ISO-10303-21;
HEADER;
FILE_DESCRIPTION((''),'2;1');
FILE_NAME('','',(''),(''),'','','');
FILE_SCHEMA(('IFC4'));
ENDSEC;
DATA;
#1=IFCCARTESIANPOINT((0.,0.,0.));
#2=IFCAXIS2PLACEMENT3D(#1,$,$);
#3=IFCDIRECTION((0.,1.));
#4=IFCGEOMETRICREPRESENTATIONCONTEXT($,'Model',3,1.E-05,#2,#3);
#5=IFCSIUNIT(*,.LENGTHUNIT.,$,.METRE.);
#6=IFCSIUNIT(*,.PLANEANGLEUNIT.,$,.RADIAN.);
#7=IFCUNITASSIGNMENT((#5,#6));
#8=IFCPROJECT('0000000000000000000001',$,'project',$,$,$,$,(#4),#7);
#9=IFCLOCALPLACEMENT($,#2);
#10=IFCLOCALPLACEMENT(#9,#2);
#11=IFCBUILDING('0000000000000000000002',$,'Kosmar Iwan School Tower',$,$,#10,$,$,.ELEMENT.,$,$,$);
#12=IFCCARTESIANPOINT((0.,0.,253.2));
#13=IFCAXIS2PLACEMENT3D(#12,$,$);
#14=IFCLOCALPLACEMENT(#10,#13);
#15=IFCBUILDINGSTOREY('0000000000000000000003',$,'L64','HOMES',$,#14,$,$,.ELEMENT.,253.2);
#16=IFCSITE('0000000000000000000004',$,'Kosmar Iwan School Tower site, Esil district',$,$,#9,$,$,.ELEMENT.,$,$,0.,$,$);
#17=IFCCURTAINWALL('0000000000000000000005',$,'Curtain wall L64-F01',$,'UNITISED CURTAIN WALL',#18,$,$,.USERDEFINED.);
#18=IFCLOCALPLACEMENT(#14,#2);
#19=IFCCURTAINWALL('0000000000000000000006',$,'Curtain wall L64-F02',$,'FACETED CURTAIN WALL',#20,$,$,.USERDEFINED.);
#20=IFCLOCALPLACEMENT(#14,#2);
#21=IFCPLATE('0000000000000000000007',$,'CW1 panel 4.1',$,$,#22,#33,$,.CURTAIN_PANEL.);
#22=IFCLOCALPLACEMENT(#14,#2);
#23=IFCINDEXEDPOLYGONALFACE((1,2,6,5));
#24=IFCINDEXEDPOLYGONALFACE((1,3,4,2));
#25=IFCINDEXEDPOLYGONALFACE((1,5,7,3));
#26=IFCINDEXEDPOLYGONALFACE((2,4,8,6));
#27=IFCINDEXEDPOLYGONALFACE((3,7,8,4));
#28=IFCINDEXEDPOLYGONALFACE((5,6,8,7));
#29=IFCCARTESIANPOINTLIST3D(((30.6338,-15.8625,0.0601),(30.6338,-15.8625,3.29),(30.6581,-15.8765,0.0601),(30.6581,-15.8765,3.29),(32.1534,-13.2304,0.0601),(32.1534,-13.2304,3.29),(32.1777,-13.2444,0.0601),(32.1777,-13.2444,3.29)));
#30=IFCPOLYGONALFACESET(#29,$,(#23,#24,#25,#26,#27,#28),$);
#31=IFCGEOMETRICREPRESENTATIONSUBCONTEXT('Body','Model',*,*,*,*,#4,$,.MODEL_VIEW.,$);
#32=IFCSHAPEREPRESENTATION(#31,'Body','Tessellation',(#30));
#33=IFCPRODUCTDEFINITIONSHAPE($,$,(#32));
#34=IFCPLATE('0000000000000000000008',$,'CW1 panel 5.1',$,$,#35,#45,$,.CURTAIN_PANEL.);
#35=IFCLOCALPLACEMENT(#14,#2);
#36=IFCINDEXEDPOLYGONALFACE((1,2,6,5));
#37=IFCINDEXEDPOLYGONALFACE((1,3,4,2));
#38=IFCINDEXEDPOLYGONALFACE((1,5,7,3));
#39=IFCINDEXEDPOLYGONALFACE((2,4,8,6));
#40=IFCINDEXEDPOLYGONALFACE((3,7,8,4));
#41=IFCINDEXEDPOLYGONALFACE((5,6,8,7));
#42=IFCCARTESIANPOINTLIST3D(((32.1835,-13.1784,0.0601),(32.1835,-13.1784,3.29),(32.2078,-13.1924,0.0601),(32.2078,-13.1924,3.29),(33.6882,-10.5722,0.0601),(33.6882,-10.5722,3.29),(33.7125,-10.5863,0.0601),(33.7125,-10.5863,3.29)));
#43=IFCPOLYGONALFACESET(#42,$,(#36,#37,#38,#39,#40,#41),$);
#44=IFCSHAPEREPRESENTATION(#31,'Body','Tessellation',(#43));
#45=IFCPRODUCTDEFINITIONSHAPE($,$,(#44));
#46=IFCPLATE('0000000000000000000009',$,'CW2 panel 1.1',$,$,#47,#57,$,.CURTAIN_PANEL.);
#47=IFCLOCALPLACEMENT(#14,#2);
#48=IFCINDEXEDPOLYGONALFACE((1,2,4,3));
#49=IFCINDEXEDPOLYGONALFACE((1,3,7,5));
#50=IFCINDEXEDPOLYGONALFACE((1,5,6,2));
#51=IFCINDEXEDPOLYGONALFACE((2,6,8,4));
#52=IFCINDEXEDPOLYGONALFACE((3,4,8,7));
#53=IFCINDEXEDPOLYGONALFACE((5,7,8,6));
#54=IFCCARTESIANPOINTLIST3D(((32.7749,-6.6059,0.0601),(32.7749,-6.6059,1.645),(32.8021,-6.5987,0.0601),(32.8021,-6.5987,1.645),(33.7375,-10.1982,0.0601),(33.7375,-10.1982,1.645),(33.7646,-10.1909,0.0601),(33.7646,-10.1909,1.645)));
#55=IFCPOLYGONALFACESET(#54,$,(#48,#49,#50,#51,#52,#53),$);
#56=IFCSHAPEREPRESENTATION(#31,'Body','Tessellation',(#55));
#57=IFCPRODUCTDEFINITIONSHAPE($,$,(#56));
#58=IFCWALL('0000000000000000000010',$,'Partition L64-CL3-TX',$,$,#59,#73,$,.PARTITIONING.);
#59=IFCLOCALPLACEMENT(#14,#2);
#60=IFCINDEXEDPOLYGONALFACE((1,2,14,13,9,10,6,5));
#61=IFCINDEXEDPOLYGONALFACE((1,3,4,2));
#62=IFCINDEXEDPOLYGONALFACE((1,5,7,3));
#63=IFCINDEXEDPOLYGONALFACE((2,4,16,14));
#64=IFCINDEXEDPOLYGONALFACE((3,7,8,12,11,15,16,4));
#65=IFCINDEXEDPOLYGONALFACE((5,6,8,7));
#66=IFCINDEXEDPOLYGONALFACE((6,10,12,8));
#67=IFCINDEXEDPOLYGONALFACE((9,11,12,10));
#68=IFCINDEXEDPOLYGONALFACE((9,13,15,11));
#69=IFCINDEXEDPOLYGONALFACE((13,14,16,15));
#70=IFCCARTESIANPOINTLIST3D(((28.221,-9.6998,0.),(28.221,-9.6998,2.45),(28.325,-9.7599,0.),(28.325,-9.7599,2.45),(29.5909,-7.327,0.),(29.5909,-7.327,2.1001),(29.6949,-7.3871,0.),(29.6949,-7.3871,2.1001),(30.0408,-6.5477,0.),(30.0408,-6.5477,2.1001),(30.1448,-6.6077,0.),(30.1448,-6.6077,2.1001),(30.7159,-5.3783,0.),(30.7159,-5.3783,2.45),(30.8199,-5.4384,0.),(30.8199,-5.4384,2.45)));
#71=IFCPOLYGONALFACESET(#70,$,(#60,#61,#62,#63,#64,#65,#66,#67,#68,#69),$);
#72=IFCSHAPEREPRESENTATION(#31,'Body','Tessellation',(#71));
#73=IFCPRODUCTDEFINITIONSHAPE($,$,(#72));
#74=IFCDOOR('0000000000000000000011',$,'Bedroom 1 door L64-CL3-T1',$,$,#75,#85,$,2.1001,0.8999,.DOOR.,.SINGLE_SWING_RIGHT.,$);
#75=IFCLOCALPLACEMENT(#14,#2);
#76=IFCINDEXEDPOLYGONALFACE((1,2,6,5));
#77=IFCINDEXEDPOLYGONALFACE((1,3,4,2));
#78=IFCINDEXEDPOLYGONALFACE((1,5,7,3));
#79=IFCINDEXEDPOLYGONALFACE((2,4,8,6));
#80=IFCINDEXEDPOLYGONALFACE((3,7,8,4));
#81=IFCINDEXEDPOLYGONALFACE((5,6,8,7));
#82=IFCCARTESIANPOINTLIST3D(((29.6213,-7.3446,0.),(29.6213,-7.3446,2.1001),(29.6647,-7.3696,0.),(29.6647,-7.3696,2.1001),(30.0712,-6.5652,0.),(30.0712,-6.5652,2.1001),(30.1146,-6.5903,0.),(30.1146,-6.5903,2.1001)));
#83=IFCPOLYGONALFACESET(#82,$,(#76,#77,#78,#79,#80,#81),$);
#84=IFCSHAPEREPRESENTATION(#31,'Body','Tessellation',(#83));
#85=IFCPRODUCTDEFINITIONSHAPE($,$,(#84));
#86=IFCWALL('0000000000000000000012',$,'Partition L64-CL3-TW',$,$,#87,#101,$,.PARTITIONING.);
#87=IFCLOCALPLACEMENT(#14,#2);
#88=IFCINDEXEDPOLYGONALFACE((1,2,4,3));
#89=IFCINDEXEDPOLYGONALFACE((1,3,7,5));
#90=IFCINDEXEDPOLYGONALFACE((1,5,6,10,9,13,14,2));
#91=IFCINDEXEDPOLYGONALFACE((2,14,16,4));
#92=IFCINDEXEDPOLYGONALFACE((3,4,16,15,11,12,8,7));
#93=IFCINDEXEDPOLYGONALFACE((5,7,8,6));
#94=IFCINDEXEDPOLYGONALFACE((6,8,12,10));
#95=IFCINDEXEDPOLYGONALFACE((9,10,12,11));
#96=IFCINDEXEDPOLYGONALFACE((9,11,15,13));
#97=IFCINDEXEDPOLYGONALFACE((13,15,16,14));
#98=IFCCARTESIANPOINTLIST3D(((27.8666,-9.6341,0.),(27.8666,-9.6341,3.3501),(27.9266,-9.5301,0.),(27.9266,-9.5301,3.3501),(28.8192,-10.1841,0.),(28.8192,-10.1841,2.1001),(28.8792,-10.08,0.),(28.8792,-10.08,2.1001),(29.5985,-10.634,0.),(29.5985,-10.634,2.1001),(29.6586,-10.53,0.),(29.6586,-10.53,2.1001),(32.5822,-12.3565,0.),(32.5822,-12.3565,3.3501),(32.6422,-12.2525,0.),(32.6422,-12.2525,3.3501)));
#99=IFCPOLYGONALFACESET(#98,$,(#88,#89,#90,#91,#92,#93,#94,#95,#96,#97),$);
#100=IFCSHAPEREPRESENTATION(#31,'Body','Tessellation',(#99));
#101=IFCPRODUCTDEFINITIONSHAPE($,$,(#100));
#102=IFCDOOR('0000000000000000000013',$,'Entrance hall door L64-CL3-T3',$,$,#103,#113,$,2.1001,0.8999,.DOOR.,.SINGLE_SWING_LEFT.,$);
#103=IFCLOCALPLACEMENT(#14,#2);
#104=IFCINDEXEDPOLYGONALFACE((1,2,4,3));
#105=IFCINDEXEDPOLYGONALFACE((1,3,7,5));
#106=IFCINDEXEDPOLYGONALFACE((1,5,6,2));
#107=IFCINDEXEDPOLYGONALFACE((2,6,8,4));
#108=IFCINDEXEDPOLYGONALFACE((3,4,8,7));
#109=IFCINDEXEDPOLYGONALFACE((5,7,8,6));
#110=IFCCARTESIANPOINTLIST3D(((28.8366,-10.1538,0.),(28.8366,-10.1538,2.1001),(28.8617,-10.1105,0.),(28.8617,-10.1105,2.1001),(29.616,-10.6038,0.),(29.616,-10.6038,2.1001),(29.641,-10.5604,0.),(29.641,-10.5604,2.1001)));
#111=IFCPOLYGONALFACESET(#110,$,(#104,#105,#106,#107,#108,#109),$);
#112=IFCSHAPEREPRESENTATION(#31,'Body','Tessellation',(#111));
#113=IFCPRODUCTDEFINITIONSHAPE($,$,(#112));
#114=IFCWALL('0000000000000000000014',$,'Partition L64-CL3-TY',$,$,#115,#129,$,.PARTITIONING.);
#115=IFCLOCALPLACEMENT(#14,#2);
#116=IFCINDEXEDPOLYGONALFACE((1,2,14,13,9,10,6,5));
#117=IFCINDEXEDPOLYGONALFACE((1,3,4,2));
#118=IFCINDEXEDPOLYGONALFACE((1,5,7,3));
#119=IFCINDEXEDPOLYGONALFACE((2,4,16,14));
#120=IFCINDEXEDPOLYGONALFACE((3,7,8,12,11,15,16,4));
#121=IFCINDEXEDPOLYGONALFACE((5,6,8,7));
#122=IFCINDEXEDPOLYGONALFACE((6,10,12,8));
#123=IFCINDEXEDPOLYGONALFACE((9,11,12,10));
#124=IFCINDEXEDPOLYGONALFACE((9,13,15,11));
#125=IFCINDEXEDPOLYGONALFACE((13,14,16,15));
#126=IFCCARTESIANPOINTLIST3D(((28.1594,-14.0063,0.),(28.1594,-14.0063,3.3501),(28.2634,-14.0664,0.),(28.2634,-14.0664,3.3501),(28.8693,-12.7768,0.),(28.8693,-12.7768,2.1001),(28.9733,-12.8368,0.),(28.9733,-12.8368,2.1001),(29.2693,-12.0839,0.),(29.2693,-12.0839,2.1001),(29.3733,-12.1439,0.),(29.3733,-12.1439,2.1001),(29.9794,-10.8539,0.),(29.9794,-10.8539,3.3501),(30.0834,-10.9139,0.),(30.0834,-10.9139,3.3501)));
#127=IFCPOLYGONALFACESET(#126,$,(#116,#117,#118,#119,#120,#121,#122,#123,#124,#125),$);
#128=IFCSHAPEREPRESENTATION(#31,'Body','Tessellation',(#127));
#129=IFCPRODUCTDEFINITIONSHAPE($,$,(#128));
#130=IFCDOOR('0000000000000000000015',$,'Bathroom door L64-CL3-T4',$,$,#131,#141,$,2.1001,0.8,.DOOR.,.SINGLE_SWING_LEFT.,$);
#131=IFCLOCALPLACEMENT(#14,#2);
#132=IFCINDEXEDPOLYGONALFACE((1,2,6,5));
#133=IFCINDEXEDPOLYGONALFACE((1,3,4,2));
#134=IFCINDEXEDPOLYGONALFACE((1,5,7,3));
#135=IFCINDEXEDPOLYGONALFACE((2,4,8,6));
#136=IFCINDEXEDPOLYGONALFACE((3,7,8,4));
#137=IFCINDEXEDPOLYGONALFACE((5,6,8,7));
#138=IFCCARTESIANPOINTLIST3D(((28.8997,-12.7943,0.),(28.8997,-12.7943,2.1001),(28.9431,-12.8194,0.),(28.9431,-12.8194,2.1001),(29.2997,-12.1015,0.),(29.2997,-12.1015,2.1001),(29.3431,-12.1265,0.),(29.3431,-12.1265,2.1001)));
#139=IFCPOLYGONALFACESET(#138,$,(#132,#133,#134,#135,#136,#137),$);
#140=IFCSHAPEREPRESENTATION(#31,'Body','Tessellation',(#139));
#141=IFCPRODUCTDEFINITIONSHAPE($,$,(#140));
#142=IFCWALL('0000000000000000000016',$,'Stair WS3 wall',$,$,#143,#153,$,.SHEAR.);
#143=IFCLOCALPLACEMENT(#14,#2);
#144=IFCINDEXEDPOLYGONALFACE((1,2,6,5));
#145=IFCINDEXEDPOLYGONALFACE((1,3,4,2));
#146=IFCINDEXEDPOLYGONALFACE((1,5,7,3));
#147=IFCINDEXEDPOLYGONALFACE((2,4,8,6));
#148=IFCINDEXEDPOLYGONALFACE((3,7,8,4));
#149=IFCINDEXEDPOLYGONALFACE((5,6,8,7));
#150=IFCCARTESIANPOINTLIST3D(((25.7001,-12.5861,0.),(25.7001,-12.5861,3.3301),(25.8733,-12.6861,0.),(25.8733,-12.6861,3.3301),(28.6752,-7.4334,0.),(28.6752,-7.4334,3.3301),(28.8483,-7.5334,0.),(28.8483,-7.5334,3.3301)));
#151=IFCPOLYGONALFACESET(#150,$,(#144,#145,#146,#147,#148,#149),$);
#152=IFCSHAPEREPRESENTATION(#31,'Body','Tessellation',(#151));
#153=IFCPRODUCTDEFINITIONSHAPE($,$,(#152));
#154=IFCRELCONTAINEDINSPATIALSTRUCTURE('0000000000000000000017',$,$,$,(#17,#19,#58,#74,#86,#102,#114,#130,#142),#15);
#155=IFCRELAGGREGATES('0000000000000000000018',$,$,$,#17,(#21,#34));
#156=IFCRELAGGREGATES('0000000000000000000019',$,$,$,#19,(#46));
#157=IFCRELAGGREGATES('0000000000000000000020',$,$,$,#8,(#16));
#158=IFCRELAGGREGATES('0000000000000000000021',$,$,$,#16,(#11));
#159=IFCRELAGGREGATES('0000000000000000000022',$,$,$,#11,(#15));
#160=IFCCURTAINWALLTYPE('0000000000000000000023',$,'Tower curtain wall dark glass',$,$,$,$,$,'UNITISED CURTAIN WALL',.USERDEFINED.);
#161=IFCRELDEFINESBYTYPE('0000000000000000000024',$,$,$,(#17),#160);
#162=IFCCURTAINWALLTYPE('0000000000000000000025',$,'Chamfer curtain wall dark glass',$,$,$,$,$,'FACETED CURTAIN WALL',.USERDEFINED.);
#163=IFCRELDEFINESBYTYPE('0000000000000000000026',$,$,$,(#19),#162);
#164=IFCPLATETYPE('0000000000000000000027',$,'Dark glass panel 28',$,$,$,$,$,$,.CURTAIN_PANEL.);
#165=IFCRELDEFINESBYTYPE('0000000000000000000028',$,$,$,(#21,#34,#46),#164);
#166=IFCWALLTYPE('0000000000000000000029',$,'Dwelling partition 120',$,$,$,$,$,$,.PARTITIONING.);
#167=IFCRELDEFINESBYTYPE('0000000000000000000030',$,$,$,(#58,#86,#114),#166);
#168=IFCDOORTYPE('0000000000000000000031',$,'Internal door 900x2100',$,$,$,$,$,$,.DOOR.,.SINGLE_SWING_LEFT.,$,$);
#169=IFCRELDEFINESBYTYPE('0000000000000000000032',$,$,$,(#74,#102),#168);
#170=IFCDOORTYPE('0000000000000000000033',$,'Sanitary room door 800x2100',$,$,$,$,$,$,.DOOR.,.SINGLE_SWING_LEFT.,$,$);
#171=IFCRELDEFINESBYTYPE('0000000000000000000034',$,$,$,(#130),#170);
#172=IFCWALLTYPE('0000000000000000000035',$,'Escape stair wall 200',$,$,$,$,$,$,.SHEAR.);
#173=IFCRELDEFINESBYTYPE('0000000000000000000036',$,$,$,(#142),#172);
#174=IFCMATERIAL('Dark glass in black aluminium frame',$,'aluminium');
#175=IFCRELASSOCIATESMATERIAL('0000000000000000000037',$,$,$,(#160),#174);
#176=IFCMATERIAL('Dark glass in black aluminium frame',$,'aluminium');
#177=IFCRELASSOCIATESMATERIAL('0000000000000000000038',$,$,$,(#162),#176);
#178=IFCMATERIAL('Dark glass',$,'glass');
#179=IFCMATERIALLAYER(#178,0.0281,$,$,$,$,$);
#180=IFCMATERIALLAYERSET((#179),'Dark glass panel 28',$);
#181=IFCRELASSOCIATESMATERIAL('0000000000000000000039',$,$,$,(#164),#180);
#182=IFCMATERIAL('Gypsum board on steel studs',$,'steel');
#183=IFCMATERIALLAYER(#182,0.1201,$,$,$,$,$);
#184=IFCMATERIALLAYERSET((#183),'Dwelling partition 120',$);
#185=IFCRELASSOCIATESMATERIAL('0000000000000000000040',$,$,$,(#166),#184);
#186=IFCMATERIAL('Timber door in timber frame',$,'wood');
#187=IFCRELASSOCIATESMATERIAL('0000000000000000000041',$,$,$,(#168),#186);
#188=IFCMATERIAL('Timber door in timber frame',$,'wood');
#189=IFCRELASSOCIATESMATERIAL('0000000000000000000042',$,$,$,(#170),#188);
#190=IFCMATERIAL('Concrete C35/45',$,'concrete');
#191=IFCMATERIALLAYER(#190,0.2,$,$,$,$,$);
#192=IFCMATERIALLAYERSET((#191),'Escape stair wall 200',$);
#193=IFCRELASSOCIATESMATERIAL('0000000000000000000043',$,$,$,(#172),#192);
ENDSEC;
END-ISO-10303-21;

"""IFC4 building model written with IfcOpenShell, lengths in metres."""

from ifc_helpers import new_model, si_unit, direction, frame, frame_2d, origin, origin_2d, place, context, subcontext, project, spatial, rectangle, extrude, material, layer, layer_set, type_object, element, fill, aggregate, save


model = new_model("IFC4")

# Units and contexts
model_context = context("Model", 3, precision=1e-05, world=origin(), true_north=direction((0.0, 1.0)))
body_context = subcontext(model_context, "Body", "Model", "MODEL_VIEW")
ifc_project = project(units=[si_unit("LENGTHUNIT", "METRE"), si_unit("PLANEANGLEUNIT", "RADIAN")], contexts=[model_context])

# Site, building, storey
site_placement = place(None, origin())
site = spatial("IfcSite", under=ifc_project, at=site_placement, Name="Kosmar Iwan School Tower site, Esil district", CompositionType="ELEMENT", RefElevation=0.0)
building_placement = place(site_placement, origin())
building = spatial("IfcBuilding", under=site, at=building_placement, Name="Kosmar Iwan School Tower", CompositionType="ELEMENT")
storey_placement = place(building_placement, frame((0.0, 0.0, 253.2)))
storey = spatial("IfcBuildingStorey", under=building, at=storey_placement, Name="L64", Description="HOMES", CompositionType="ELEMENT", Elevation=253.2)

# Curtain wall
ifc_material_1 = material(Name="Dark glass in black aluminium frame", Category="aluminium")
curtain_wall_type_1 = type_object("IfcCurtainWallType", Name="Tower curtain wall dark glass", ElementType="UNITISED CURTAIN WALL", PredefinedType="USERDEFINED", material=ifc_material_1)
curtain_wall_1_placement = place(storey_placement, origin())
curtain_wall_1 = element("IfcCurtainWall", 1, at=curtain_wall_1_placement, inside=storey, type_object=curtain_wall_type_1, Name="Curtain wall L64-F01", ObjectType="UNITISED CURTAIN WALL", PredefinedType="USERDEFINED")

# Curtain wall
ifc_material_2 = material(Name="Dark glass in black aluminium frame", Category="aluminium")
curtain_wall_type_2 = type_object("IfcCurtainWallType", Name="Chamfer curtain wall dark glass", ElementType="FACETED CURTAIN WALL", PredefinedType="USERDEFINED", material=ifc_material_2)
curtain_wall_2_placement = place(storey_placement, origin())
curtain_wall_2 = element("IfcCurtainWall", 2, at=curtain_wall_2_placement, inside=storey, type_object=curtain_wall_type_2, Name="Curtain wall L64-F02", ObjectType="FACETED CURTAIN WALL", PredefinedType="USERDEFINED")

# Plates
ifc_material_3 = material(Name="Dark glass", Category="glass")
ifc_layer_1 = layer(ifc_material_3, 0.0281)
ifc_layer_set_1 = layer_set([ifc_layer_1], Name="Dark glass panel 28")
plate_type = type_object("IfcPlateType", Name="Dark glass panel 28", PredefinedType="CURTAIN_PANEL", material=ifc_layer_set_1)
plate_1_placement = place(storey_placement, frame((31.4058, -14.5535, 0.0601), z_axis=(0.0, 0.0, 1.0), x_axis=(0.5, 0.866025, 0.0)))
plate_1 = element("IfcPlate", 3, at=plate_1_placement, type_object=plate_type, Name="CW1 panel 4.1", PredefinedType="CURTAIN_PANEL", context=body_context, shape_type="SweptSolid", body=[
    extrude(rectangle(XDim=3.0393, YDim=0.0281, at=origin_2d()), origin(), (0.0, 0.0, 1.0), 3.23),
])
plate_2_placement = place(storey_placement, frame((32.948, -11.8823, 0.0601), z_axis=(0.0, 0.0, 1.0), x_axis=(0.5, 0.866025, 0.0)))
plate_2 = element("IfcPlate", 4, at=plate_2_placement, type_object=plate_type, Name="CW1 panel 5.1", PredefinedType="CURTAIN_PANEL", context=body_context, shape_type="SweptSolid", body=[
    extrude(rectangle(XDim=3.0093, YDim=0.0281, at=origin_2d()), origin(), (0.0, 0.0, 1.0), 3.23),
])
aggregate(curtain_wall_1, [plate_1, plate_2])
plate_3_placement = place(storey_placement, frame((33.2698, -8.3984, 0.0601), z_axis=(0.0, 0.0, 1.0), x_axis=(-0.258819, 0.965926, 0.0)))
plate_3 = element("IfcPlate", 5, at=plate_3_placement, type_object=plate_type, Name="CW2 panel 1.1", PredefinedType="CURTAIN_PANEL", context=body_context, shape_type="SweptSolid", body=[
    extrude(rectangle(XDim=3.719, YDim=0.0281, at=origin_2d()), origin(), (0.0, 0.0, 1.0), 1.585),
])
aggregate(curtain_wall_2, [plate_3])

# Walls, openings, doors
ifc_material_4 = material(Name="Gypsum board on steel studs", Category="steel")
ifc_layer_2 = layer(ifc_material_4, 0.1201)
ifc_layer_set_2 = layer_set([ifc_layer_2], Name="Dwelling partition 120")
wall_type_1 = type_object("IfcWallType", Name="Dwelling partition 120", PredefinedType="PARTITIONING", material=ifc_layer_set_2)
wall_1_placement = place(storey_placement, frame((28.2729, -9.73, 0.0), z_axis=(0.0, 0.0, 1.0), x_axis=(0.499975, 0.86604, 0.0)))
wall_1 = element("IfcWall", 6, at=wall_1_placement, inside=storey, type_object=wall_type_1, Name="Partition L64-CL3-TX", PredefinedType="PARTITIONING", context=body_context, shape_type="SweptSolid", body=[
    extrude(rectangle(XDim=4.99, YDim=0.1201, at=frame_2d((2.4951, 0.0))), origin(), (0.0, 0.0, 1.0), 2.45),
])
opening_1_placement = place(wall_1_placement, frame((2.74, 0.0, 0.0)))
opening_1 = element("IfcOpeningElement", 7, at=opening_1_placement, cuts=wall_1, PredefinedType="OPENING", context=body_context, shape_type="SweptSolid", body=[
    extrude(rectangle(XDim=0.8999, YDim=2.1001, at=frame_2d((0.45, 1.05))), frame((0.0, 0.072, 0.0), z_axis=(0.0, -1.0, 0.0), x_axis=(1.0, 0.0, 0.0)), (0.0, 0.0, 1.0), 0.144),
])
ifc_material_5 = material(Name="Timber door in timber frame", Category="wood")
door_type_1 = type_object("IfcDoorType", Name="Internal door 900x2100", OperationType="SINGLE_SWING_LEFT", PredefinedType="DOOR", material=ifc_material_5)
door_1_placement = place(opening_1_placement, origin())
door_1 = element("IfcDoor", 8, at=door_1_placement, inside=storey, type_object=door_type_1, Name="Bedroom 1 door L64-CL3-T1", OperationType="SINGLE_SWING_RIGHT", OverallHeight=2.1001, OverallWidth=0.8999, PredefinedType="DOOR", context=body_context, shape_type="SweptSolid", body=[
    extrude(rectangle(XDim=0.8999, YDim=2.1001, at=frame_2d((0.45, 1.05))), frame((0.0, 0.0249, 0.0), z_axis=(0.0, -1.0, 0.0), x_axis=(1.0, 0.0, 0.0)), (0.0, 0.0, 1.0), 0.05),
])
fill(opening_1, door_1)
wall_2_placement = place(storey_placement, frame((27.8965, -9.582, 0.0), z_axis=(0.0, 0.0, 1.0), x_axis=(0.866036, -0.499982, 0.0)))
wall_2 = element("IfcWall", 9, at=wall_2_placement, inside=storey, type_object=wall_type_1, Name="Partition L64-CL3-TW", PredefinedType="PARTITIONING", context=body_context, shape_type="SweptSolid", body=[
    extrude(rectangle(XDim=5.4451, YDim=0.1201, at=frame_2d((2.7227, 0.0))), origin(), (0.0, 0.0, 1.0), 3.3501),
])
opening_2_placement = place(wall_2_placement, frame((1.1001, 0.0, 0.0)))
opening_2 = element("IfcOpeningElement", 10, at=opening_2_placement, cuts=wall_2, PredefinedType="OPENING", context=body_context, shape_type="SweptSolid", body=[
    extrude(rectangle(XDim=0.8999, YDim=2.1001, at=frame_2d((0.45, 1.05))), frame((0.0, 0.072, 0.0), z_axis=(0.0, -1.0, 0.0), x_axis=(1.0, 0.0, 0.0)), (0.0, 0.0, 1.0), 0.144),
])
door_2_placement = place(opening_2_placement, origin())
door_2 = element("IfcDoor", 11, at=door_2_placement, inside=storey, type_object=door_type_1, Name="Entrance hall door L64-CL3-T3", OperationType="SINGLE_SWING_LEFT", OverallHeight=2.1001, OverallWidth=0.8999, PredefinedType="DOOR", context=body_context, shape_type="SweptSolid", body=[
    extrude(rectangle(XDim=0.8999, YDim=2.1001, at=frame_2d((0.45, 1.05))), frame((0.0, 0.0249, 0.0), z_axis=(0.0, -1.0, 0.0), x_axis=(1.0, 0.0, 0.0)), (0.0, 0.0, 1.0), 0.05),
])
fill(opening_2, door_2)
wall_3_placement = place(storey_placement, frame((28.2114, -14.0364, 0.0), z_axis=(0.0, 0.0, 1.0), x_axis=(0.499984, 0.866035, 0.0)))
wall_3 = element("IfcWall", 12, at=wall_3_placement, inside=storey, type_object=wall_type_1, Name="Partition L64-CL3-TY", PredefinedType="PARTITIONING", context=body_context, shape_type="SweptSolid", body=[
    extrude(rectangle(XDim=3.6401, YDim=0.1201, at=frame_2d((1.8201, 0.0))), origin(), (0.0, 0.0, 1.0), 3.3501),
])
opening_3_placement = place(wall_3_placement, frame((1.4199, 0.0, 0.0)))
opening_3 = element("IfcOpeningElement", 13, at=opening_3_placement, cuts=wall_3, PredefinedType="OPENING", context=body_context, shape_type="SweptSolid", body=[
    extrude(rectangle(XDim=0.8, YDim=2.1001, at=frame_2d((0.3999, 1.05))), frame((0.0, 0.072, 0.0), z_axis=(0.0, -1.0, 0.0), x_axis=(1.0, 0.0, 0.0)), (0.0, 0.0, 1.0), 0.144),
])
ifc_material_6 = material(Name="Timber door in timber frame", Category="wood")
door_type_2 = type_object("IfcDoorType", Name="Sanitary room door 800x2100", OperationType="SINGLE_SWING_LEFT", PredefinedType="DOOR", material=ifc_material_6)
door_3_placement = place(opening_3_placement, origin())
door_3 = element("IfcDoor", 14, at=door_3_placement, inside=storey, type_object=door_type_2, Name="Bathroom door L64-CL3-T4", OperationType="SINGLE_SWING_LEFT", OverallHeight=2.1001, OverallWidth=0.8, PredefinedType="DOOR", context=body_context, shape_type="SweptSolid", body=[
    extrude(rectangle(XDim=0.8, YDim=2.1001, at=frame_2d((0.3999, 1.05))), frame((0.0, 0.0249, 0.0), z_axis=(0.0, -1.0, 0.0), x_axis=(1.0, 0.0, 0.0)), (0.0, 0.0, 1.0), 0.05),
])
fill(opening_3, door_3)

# Wall
ifc_material_7 = material(Name="Concrete C35/45", Category="concrete")
ifc_layer_3 = layer(ifc_material_7, 0.2)
ifc_layer_set_3 = layer_set([ifc_layer_3], Name="Escape stair wall 200")
wall_type_2 = type_object("IfcWallType", Name="Escape stair wall 200", PredefinedType="SHEAR", material=ifc_layer_set_3)
wall_4_placement = place(storey_placement, frame((25.7866, -12.6362, 0.0), z_axis=(0.0, 0.0, 1.0), x_axis=(0.500014, 0.866017, 0.0)))
element("IfcWall", 15, at=wall_4_placement, inside=storey, type_object=wall_type_2, Name="Stair WS3 wall", PredefinedType="SHEAR", context=body_context, shape_type="SweptSolid", body=[
    extrude(rectangle(XDim=5.95, YDim=0.2, at=frame_2d((2.9751, 0.0))), origin(), (0.0, 0.0, 1.0), 3.3301),
])

save(model, "model.ifc")
